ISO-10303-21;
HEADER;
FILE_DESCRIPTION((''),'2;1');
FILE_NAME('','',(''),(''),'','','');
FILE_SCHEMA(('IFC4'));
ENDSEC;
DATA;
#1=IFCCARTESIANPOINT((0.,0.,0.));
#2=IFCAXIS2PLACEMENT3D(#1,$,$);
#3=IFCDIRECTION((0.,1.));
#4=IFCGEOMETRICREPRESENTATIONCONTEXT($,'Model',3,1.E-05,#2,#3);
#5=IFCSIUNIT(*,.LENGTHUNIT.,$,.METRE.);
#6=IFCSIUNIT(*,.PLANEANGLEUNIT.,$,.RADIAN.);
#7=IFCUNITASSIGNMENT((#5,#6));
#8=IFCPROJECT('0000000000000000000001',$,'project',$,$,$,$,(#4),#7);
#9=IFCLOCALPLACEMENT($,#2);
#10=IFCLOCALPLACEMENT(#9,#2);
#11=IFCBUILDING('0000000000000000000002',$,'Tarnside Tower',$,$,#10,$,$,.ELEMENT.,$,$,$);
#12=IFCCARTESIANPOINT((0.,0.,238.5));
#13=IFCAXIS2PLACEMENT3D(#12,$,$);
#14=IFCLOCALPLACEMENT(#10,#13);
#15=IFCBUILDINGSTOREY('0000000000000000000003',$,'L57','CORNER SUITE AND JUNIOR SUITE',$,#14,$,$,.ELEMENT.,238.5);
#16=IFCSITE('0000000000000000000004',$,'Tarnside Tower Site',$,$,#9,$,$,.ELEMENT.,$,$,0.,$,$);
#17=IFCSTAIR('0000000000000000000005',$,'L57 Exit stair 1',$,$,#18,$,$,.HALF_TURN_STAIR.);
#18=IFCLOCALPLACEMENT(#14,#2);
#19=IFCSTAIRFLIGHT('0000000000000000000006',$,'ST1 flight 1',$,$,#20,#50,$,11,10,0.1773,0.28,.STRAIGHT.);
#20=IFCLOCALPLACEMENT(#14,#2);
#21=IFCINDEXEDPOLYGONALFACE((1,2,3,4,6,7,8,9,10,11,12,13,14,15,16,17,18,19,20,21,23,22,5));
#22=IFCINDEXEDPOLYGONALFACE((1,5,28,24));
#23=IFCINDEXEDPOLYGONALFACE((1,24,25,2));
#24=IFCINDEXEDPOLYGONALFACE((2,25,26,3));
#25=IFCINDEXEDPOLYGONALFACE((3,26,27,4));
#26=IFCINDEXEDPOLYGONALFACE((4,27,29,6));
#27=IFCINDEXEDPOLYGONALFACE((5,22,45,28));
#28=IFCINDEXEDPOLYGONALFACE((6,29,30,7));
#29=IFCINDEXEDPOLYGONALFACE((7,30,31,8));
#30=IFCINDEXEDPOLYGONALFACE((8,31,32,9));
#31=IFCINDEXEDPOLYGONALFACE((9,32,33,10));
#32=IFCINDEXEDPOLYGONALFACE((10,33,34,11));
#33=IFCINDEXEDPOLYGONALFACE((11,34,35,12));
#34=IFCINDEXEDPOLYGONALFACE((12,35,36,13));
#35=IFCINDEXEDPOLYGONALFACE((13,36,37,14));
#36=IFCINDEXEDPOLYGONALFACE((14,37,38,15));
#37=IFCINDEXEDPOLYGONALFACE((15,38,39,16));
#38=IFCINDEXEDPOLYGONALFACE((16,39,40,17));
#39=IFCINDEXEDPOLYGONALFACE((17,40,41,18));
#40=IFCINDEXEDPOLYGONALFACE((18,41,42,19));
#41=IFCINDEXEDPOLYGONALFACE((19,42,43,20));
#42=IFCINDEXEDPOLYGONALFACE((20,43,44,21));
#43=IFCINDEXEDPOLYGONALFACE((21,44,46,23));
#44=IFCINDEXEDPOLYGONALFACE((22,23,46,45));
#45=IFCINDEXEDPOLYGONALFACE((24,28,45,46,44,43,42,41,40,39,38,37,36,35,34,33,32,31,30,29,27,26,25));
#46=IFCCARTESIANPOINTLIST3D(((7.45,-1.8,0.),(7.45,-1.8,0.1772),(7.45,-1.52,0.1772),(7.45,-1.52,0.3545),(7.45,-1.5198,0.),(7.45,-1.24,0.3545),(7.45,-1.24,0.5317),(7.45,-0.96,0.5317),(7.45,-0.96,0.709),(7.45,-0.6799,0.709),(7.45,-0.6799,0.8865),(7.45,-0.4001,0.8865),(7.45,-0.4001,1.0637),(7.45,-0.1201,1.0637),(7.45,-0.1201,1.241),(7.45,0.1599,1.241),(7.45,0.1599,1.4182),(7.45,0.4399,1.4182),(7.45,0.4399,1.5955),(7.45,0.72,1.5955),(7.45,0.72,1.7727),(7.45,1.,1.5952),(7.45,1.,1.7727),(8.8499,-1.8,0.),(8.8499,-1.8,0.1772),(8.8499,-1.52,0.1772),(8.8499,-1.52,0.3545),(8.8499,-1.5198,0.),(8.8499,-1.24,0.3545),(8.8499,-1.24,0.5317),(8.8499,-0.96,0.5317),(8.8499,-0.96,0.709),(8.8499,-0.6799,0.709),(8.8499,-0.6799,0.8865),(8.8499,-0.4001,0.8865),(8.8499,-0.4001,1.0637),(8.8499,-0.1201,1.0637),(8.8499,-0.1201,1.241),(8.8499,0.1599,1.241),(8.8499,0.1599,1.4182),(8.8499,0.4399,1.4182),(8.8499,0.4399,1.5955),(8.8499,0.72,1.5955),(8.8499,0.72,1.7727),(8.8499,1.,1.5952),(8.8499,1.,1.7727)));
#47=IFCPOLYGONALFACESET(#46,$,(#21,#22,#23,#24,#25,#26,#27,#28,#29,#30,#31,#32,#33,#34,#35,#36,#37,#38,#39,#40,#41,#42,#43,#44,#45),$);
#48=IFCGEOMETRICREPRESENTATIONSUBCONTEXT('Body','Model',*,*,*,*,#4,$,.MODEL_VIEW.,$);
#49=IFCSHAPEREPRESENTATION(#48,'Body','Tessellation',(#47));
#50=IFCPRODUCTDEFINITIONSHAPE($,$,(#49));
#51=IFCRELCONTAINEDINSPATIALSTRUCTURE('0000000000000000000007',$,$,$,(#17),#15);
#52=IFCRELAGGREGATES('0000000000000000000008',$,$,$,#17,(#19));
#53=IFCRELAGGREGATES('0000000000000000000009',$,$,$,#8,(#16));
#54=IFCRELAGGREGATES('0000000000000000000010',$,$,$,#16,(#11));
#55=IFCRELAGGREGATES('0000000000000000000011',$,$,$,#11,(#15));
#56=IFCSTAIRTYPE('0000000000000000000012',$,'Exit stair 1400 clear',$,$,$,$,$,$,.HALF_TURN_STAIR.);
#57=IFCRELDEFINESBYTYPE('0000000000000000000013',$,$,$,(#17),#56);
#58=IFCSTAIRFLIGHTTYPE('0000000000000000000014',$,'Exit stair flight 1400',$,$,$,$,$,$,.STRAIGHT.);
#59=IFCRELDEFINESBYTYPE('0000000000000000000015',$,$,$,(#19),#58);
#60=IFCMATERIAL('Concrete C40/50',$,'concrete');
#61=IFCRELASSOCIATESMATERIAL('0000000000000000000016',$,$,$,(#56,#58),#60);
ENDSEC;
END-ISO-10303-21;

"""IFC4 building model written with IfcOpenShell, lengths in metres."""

from ifc_helpers import new_model, si_unit, direction, frame, origin, place, context, subcontext, project, spatial, polyline, outline, extrude, material, type_object, element, aggregate, save


model = new_model("IFC4")

# Units and contexts
model_context = context("Model", 3, precision=1e-05, world=origin(), true_north=direction((0.0, 1.0)))
body_context = subcontext(model_context, "Body", "Model", "MODEL_VIEW")
ifc_project = project(units=[si_unit("LENGTHUNIT", "METRE"), si_unit("PLANEANGLEUNIT", "RADIAN")], contexts=[model_context])

# Site, building, storey
site_placement = place(None, origin())
site = spatial("IfcSite", under=ifc_project, at=site_placement, Name="Tarnside Tower Site", CompositionType="ELEMENT", RefElevation=0.0)
building_placement = place(site_placement, origin())
building = spatial("IfcBuilding", under=site, at=building_placement, Name="Tarnside Tower", CompositionType="ELEMENT")
storey_placement = place(building_placement, frame((0.0, 0.0, 238.5)))
storey = spatial("IfcBuildingStorey", under=building, at=storey_placement, Name="L57", Description="CORNER SUITE AND JUNIOR SUITE", CompositionType="ELEMENT", Elevation=238.5)

# Shared definitions
ifc_material_1 = material(Name="Concrete C40/50", Category="concrete")

# Stair, stair flight
stair_type = type_object("IfcStairType", Name="Exit stair 1400 clear", PredefinedType="HALF_TURN_STAIR", material=ifc_material_1)
stair_placement = place(storey_placement, origin())
stair = element("IfcStair", 1, at=stair_placement, inside=storey, type_object=stair_type, Name="L57 Exit stair 1", PredefinedType="HALF_TURN_STAIR")
stair_flight_type = type_object("IfcStairFlightType", Name="Exit stair flight 1400", PredefinedType="STRAIGHT", material=ifc_material_1)
stair_flight_placement = place(storey_placement, frame((8.1499, -1.8, 0.0), z_axis=(0.0, 0.0, 1.0), x_axis=(0.0, 1.0, 0.0)))
stair_flight = element("IfcStairFlight", 2, at=stair_flight_placement, type_object=stair_flight_type, Name="ST1 flight 1", NumberOfRisers=11, NumberOfTreads=10, PredefinedType="STRAIGHT", RiserHeight=0.1773, TreadLength=0.28, context=body_context, shape_type="SweptSolid", body=[
    extrude(outline(polyline([(0.0, 0.0), (0.0, 0.1772), (0.28, 0.1772), (0.28, 0.3545), (0.5601, 0.3545), (0.5601, 0.5317), (0.8401, 0.5317), (0.8401, 0.709), (1.1201, 0.709), (1.1201, 0.8865), (1.3999, 0.8865), (1.3999, 1.0637), (1.6799, 1.0637), (1.6799, 1.241), (1.96, 1.241), (1.96, 1.4182), (2.24, 1.4182), (2.24, 1.5955), (2.52, 1.5955), (2.52, 1.7727), (2.8, 1.7727), (2.8, 1.95), (2.8, 1.5952), (0.2803, 0.0), (0.0, 0.0)])), frame((0.0, 0.7, 0.0), z_axis=(0.0, -1.0, 0.0), x_axis=(1.0, 0.0, 0.0)), (0.0, 0.0, 1.0), 1.3999),
])
aggregate(stair, [stair_flight])

save(model, "model.ifc")
